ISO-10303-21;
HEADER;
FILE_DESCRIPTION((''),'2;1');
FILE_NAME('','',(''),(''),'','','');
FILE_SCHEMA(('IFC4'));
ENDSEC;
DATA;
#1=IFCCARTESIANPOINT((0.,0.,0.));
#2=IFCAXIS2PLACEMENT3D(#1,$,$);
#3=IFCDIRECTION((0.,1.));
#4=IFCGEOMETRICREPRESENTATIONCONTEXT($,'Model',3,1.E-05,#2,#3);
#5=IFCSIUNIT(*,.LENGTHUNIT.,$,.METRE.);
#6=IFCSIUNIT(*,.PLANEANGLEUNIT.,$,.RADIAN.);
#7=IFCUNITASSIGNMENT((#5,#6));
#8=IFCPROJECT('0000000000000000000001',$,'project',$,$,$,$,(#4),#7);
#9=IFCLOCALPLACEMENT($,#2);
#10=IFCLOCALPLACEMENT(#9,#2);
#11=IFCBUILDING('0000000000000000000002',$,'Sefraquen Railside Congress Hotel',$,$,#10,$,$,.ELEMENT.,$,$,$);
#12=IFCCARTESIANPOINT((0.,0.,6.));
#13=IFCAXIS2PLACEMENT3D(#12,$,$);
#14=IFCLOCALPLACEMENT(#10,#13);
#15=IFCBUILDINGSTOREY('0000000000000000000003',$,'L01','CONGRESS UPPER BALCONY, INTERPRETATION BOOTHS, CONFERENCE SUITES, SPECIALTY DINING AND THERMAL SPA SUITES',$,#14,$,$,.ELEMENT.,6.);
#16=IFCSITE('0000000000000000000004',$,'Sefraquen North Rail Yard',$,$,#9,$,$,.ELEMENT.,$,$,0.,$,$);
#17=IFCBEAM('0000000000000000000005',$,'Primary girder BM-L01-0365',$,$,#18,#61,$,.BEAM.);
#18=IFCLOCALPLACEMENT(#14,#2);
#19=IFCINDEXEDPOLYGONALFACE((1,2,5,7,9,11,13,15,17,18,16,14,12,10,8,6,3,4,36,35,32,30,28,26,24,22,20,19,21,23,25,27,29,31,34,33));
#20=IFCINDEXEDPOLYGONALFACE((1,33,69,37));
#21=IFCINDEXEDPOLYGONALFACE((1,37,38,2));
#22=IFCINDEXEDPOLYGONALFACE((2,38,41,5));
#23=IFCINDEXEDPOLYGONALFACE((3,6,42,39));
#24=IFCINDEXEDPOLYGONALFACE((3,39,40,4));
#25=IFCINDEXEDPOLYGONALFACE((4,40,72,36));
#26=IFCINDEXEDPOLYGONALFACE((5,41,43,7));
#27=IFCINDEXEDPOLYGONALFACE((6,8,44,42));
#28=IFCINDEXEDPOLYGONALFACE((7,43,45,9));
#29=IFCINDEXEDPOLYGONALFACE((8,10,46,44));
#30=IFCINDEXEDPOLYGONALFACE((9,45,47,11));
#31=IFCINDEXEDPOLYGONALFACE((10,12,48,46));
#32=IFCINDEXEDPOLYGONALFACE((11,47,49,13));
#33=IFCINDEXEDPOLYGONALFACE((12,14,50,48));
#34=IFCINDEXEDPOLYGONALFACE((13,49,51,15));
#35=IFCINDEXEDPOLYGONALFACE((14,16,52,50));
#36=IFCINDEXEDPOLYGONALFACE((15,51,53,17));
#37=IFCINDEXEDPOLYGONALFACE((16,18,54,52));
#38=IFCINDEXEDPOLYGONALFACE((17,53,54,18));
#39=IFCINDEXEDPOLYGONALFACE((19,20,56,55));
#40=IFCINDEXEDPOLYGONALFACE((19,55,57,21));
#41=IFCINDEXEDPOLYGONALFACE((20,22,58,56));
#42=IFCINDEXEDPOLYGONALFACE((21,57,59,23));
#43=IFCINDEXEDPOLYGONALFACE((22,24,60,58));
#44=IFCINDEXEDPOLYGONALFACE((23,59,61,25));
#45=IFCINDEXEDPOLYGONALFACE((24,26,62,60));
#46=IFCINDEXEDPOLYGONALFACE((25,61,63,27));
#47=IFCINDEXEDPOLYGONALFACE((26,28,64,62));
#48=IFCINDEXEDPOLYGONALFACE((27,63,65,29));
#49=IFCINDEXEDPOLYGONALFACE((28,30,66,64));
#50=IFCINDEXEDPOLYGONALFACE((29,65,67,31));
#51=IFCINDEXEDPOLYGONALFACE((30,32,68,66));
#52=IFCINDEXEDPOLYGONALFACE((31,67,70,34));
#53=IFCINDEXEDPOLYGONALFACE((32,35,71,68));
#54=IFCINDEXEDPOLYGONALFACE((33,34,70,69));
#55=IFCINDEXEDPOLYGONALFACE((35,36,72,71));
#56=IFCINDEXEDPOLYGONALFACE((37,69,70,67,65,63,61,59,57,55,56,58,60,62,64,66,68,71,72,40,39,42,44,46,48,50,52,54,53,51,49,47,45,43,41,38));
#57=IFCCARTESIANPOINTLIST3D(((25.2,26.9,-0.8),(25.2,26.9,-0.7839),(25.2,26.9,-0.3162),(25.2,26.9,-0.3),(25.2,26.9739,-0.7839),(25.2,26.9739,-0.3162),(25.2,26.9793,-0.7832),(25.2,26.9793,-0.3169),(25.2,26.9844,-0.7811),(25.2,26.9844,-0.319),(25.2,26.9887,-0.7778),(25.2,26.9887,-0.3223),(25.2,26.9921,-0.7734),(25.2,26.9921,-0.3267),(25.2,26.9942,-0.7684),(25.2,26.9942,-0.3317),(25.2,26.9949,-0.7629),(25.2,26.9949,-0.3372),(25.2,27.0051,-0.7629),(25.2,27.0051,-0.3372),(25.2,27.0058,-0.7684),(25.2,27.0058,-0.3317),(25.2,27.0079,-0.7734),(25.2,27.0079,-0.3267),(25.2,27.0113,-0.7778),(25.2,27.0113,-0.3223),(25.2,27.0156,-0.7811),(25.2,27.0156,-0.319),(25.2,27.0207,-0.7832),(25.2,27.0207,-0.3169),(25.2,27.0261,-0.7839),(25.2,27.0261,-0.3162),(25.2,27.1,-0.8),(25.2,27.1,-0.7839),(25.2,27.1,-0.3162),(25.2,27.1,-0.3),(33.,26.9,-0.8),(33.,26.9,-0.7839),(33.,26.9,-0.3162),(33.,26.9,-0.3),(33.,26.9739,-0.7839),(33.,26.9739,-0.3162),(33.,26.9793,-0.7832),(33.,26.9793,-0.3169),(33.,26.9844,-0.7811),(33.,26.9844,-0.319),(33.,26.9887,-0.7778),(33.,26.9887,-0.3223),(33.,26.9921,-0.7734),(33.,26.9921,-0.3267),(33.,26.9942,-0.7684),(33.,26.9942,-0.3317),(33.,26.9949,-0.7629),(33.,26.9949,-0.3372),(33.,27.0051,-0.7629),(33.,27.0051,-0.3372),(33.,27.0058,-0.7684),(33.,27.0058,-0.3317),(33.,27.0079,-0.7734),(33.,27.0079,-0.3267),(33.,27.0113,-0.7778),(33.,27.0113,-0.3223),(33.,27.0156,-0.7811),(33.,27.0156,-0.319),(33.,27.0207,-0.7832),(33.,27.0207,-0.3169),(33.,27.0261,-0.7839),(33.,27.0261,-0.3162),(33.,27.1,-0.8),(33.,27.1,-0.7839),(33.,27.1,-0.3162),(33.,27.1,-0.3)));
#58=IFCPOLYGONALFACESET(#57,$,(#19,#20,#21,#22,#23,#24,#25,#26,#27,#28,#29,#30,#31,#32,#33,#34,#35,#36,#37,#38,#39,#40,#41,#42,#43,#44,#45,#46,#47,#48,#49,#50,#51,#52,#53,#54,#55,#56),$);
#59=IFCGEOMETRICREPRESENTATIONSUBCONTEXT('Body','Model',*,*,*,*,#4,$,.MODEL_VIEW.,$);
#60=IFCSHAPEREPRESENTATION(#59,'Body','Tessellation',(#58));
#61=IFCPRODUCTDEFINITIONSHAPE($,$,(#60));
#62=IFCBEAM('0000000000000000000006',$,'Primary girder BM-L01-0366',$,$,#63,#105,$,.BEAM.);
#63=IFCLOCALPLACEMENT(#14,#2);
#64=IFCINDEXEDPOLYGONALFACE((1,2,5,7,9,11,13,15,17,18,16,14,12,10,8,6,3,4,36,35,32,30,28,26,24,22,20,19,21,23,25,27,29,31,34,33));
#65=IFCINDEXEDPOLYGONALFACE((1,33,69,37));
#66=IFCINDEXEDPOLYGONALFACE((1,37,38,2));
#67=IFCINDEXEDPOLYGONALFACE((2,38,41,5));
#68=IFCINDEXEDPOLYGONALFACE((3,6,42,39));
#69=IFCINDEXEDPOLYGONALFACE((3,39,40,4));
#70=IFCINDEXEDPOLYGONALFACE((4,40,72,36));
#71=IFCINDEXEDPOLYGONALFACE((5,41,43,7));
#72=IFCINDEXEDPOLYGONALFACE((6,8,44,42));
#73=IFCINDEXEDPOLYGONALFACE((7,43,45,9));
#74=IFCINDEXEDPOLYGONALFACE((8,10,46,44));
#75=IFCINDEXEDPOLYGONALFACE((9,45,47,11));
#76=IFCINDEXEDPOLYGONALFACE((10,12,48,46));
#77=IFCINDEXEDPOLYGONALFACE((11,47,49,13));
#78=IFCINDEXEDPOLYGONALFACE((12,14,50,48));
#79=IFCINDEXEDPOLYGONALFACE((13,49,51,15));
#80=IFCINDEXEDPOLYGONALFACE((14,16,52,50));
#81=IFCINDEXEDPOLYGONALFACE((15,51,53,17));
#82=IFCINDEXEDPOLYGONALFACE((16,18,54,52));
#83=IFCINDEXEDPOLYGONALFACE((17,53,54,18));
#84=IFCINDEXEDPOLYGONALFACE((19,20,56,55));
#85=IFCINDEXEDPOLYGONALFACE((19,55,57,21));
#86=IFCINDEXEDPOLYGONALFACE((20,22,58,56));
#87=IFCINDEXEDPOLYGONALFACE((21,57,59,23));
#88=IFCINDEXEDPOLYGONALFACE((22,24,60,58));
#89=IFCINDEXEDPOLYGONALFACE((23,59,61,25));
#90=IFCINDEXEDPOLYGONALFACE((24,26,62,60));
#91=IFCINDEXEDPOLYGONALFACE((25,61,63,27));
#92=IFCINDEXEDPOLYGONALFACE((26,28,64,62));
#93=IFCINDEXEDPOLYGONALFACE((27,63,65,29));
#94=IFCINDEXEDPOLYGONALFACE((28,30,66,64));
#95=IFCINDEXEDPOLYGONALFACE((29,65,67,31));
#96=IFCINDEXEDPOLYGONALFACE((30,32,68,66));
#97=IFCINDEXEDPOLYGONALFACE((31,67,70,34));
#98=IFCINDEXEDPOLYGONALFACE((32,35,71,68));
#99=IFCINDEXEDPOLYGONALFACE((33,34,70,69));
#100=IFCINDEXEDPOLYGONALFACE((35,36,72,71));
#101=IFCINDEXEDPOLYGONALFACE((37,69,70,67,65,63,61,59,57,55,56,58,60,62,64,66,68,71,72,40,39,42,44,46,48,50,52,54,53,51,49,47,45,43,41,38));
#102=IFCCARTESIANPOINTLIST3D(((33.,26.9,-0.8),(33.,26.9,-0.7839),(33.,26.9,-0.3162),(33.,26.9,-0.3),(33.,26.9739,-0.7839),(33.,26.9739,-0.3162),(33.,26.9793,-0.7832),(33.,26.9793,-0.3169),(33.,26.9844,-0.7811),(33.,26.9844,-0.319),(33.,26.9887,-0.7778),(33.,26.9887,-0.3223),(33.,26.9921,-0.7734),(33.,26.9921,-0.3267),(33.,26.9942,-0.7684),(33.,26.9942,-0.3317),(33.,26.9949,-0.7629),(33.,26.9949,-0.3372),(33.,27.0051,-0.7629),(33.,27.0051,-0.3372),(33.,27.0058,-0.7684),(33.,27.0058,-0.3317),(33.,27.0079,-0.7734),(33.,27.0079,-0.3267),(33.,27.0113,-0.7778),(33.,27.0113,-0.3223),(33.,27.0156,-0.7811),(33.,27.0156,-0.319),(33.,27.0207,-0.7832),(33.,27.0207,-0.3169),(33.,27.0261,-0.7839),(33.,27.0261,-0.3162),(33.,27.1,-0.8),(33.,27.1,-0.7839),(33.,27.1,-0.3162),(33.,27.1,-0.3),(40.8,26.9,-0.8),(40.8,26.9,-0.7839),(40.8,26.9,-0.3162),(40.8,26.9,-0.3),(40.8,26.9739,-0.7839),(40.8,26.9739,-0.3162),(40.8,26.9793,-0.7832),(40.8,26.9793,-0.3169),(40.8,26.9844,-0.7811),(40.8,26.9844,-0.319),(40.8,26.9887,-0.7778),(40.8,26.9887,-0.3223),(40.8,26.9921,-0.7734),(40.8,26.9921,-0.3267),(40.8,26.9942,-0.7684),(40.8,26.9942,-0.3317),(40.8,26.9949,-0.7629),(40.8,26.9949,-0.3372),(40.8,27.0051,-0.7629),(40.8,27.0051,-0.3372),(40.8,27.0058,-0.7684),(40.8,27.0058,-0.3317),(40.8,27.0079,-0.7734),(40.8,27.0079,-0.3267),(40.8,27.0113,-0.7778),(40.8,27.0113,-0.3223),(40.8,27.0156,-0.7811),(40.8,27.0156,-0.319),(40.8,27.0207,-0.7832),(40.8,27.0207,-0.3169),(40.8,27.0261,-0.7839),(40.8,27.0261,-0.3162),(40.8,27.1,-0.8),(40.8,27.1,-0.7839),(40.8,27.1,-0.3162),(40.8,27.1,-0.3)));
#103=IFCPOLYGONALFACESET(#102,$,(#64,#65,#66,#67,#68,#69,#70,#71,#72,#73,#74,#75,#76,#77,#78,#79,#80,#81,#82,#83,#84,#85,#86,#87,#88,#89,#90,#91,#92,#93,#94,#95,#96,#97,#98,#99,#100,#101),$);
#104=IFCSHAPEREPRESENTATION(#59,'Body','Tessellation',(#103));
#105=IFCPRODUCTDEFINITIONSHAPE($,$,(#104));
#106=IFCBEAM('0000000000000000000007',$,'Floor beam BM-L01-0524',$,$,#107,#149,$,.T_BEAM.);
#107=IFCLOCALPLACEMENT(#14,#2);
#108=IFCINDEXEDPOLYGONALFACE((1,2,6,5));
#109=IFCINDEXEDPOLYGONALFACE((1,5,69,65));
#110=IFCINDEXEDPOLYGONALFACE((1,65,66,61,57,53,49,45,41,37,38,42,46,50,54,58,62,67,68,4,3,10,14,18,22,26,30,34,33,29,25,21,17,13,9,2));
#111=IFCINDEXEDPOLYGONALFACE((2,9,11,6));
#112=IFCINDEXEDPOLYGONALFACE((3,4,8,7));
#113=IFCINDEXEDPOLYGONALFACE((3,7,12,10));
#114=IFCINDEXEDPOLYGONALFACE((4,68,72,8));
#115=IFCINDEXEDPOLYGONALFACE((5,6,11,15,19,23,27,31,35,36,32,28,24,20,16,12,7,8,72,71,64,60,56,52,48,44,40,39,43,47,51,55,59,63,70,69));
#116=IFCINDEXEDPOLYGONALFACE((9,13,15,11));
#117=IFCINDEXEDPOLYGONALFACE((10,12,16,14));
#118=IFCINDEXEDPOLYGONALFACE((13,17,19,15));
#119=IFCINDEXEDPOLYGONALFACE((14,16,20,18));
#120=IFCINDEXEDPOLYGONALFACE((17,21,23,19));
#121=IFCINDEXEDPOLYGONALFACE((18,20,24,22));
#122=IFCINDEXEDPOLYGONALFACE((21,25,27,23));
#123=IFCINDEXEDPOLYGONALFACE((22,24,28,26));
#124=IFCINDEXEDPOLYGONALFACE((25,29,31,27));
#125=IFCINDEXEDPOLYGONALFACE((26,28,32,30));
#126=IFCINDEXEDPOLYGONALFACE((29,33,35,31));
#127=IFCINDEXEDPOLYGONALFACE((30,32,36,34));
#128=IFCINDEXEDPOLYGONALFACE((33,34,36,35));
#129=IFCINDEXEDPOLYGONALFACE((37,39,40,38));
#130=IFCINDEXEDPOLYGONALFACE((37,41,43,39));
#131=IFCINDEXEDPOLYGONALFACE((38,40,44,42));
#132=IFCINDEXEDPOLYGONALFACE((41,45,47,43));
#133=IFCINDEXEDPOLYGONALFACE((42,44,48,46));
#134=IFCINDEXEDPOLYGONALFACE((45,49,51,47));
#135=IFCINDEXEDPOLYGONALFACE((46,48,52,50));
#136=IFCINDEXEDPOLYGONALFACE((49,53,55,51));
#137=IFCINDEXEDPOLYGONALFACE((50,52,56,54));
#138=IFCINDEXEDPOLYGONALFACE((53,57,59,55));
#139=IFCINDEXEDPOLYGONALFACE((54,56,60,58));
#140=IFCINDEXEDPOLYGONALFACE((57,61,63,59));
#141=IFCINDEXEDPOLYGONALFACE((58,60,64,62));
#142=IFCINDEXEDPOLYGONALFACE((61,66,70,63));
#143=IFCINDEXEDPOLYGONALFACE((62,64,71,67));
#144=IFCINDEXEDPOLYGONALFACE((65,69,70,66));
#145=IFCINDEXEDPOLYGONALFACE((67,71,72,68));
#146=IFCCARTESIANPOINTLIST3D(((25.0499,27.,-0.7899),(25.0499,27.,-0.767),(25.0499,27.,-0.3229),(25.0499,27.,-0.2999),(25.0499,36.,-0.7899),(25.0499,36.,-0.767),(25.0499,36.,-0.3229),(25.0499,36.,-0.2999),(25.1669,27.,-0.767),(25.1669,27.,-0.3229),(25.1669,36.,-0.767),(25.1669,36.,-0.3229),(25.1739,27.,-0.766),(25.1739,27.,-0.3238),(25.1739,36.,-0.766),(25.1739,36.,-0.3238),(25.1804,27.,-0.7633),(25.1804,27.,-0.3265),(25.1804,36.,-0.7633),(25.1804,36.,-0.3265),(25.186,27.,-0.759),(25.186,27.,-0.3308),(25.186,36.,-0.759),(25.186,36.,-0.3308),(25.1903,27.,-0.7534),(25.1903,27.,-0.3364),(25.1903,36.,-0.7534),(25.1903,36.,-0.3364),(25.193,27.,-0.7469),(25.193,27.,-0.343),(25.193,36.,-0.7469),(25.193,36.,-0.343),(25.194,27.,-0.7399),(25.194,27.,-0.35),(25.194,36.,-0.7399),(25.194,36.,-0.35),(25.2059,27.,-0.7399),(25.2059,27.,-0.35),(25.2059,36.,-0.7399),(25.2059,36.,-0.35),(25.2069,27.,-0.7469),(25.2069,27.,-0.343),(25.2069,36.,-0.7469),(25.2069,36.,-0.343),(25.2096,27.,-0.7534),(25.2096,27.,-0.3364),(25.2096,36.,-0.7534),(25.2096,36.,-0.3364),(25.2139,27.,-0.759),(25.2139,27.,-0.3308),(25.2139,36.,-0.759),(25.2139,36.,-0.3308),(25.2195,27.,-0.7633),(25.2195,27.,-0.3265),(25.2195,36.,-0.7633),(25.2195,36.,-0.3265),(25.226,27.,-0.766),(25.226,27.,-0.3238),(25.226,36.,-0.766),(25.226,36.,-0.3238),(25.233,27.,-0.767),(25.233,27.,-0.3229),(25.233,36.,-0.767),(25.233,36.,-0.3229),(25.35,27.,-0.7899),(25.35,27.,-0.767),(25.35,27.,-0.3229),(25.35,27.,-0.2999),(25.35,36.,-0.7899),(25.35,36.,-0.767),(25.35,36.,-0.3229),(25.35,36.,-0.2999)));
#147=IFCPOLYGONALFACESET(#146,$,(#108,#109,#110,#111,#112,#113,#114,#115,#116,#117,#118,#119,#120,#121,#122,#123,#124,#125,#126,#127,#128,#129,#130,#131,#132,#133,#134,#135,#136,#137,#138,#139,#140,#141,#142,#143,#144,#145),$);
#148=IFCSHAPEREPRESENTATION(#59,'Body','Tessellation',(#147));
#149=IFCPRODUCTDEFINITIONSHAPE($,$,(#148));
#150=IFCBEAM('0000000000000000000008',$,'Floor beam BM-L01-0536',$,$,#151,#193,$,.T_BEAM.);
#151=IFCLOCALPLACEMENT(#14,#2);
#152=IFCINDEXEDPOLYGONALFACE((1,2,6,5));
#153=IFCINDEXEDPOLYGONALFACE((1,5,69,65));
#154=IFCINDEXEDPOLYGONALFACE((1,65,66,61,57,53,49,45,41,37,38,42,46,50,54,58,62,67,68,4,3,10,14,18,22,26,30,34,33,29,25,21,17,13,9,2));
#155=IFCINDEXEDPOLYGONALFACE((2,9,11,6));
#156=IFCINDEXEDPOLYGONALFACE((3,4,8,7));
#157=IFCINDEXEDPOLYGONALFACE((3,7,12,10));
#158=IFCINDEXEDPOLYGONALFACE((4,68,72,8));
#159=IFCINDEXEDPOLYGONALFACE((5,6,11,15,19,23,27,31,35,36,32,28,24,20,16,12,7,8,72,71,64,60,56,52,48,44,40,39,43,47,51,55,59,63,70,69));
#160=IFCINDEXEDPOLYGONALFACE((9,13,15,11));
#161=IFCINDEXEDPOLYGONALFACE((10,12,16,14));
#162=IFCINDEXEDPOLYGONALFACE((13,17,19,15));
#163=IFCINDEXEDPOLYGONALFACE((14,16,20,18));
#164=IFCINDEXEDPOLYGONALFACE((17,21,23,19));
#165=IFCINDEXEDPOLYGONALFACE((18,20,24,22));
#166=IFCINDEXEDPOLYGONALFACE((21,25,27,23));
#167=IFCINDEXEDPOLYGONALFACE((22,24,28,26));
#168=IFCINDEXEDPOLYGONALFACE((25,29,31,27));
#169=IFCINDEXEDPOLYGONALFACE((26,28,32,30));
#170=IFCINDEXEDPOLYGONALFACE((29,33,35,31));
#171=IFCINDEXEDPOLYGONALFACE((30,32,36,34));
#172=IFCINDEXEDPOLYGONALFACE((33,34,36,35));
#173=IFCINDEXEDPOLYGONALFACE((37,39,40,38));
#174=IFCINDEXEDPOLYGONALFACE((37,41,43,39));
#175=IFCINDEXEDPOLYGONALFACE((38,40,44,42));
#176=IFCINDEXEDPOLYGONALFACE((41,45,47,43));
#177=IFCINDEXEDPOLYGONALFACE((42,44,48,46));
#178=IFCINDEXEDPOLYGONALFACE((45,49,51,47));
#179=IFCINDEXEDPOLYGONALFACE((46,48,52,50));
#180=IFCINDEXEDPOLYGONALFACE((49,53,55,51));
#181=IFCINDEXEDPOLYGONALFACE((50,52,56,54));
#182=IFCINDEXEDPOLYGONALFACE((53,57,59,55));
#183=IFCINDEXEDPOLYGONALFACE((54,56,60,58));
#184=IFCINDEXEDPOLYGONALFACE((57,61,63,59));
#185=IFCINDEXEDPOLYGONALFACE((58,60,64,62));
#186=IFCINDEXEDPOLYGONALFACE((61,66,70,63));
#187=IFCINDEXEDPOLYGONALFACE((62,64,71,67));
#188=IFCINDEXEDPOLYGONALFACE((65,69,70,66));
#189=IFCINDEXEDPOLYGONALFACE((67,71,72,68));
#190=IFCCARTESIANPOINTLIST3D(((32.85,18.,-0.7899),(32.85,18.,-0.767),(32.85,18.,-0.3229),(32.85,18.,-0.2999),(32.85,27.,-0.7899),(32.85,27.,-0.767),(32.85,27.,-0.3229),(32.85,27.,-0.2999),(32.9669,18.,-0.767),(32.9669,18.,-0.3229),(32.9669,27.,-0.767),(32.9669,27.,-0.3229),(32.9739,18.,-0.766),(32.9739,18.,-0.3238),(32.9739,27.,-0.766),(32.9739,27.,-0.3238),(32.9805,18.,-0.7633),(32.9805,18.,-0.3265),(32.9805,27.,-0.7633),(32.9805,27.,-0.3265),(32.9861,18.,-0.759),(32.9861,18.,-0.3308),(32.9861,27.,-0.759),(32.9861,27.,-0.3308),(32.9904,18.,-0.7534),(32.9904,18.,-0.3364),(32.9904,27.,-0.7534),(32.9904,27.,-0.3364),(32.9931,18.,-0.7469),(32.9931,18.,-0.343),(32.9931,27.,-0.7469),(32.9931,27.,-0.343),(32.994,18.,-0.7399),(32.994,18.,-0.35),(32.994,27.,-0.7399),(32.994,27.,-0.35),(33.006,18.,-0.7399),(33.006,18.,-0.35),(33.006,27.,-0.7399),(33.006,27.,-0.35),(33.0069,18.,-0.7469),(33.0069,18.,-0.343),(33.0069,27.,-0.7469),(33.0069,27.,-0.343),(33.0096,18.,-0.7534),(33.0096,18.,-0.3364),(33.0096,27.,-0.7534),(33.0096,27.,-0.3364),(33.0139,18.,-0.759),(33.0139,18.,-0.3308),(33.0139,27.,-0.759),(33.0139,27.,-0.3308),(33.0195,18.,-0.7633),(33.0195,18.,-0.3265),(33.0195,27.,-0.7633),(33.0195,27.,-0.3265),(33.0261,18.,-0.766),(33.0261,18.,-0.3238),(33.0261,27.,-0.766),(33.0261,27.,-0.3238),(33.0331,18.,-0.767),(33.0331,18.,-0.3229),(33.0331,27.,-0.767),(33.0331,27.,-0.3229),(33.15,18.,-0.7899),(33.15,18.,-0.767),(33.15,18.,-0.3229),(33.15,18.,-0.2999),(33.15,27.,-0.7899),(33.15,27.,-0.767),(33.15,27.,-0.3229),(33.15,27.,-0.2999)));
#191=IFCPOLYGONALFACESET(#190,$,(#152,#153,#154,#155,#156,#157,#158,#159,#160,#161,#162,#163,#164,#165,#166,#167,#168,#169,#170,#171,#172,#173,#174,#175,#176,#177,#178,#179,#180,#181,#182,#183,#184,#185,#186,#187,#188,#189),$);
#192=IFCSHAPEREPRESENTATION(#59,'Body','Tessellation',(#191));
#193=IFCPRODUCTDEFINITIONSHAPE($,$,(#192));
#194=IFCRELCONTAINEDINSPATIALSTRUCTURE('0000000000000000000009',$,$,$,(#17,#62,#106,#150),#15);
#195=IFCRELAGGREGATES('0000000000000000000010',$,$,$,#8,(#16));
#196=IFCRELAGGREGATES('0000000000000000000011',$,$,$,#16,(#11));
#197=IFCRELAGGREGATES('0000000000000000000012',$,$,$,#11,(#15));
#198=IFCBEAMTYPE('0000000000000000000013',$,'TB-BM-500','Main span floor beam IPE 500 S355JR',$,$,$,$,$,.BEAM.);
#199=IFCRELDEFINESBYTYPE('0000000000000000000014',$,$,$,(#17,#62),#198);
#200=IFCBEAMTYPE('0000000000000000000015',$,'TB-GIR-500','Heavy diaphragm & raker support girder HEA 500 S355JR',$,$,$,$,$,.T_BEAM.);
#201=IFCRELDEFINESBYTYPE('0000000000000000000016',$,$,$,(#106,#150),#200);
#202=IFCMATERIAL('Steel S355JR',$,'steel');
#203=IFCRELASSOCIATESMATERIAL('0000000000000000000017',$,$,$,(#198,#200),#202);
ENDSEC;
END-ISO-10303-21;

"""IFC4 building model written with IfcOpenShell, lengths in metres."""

from ifc_helpers import new_model, si_unit, direction, frame, origin, origin_2d, place, context, subcontext, project, spatial, i_section, extrude, material, material_profile, profile_set, type_object, element, save


model = new_model("IFC4")

# Units and contexts
model_context = context("Model", 3, precision=1e-05, world=origin(), true_north=direction((0.0, 1.0)))
body_context = subcontext(model_context, "Body", "Model", "MODEL_VIEW")
ifc_project = project(units=[si_unit("LENGTHUNIT", "METRE"), si_unit("PLANEANGLEUNIT", "RADIAN")], contexts=[model_context])

# Site, building, storey
site_placement = place(None, origin())
site = spatial("IfcSite", under=ifc_project, at=site_placement, Name="Sefraquen North Rail Yard", CompositionType="ELEMENT", RefElevation=0.0)
building_placement = place(site_placement, origin())
building = spatial("IfcBuilding", under=site, at=building_placement, Name="Sefraquen Railside Congress Hotel", CompositionType="ELEMENT")
storey_placement = place(building_placement, frame((0.0, 0.0, 6.0)))
storey = spatial("IfcBuildingStorey", under=building, at=storey_placement, Name="L01", Description="CONGRESS UPPER BALCONY, INTERPRETATION BOOTHS, CONFERENCE SUITES, SPECIALTY DINING AND THERMAL SPA SUITES", CompositionType="ELEMENT", Elevation=6.0)

# Shared definitions
ifc_material_1 = material(Name="Steel S355JR", Category="steel")

# Beams
ifc_material_profile_1 = material_profile(ifc_material_1, i_section(OverallWidth=0.2, OverallDepth=0.5, WebThickness=0.0103, FlangeThickness=0.0161, FilletRadius=0.021, at=origin_2d()), Name="IPE 500")
ifc_profile_set_1 = profile_set([ifc_material_profile_1], Name="Steel S355JR")
beam_type_1 = type_object("IfcBeamType", Name="TB-BM-500", Description="Main span floor beam IPE 500 S355JR", PredefinedType="BEAM", material=ifc_profile_set_1)
for number, where, z_axis, x_axis, name in (
    (1, (25.2, 27.0, -0.55), (1.0, 0.0, 0.0), (0.0, 1.0, 0.0), "Primary girder BM-L01-0365"),
    (2, (33.0, 27.0, -0.55), (1.0, 0.0, 0.0), (0.0, 1.0, 0.0), "Primary girder BM-L01-0366"),
):
    element("IfcBeam", number, at=place(storey_placement, frame(where, z_axis=z_axis, x_axis=x_axis)), inside=storey, type_object=beam_type_1, Name=name, PredefinedType="BEAM", context=body_context, shape_type="SweptSolid", body=[
        extrude(i_section(OverallWidth=0.2, OverallDepth=0.5, WebThickness=0.0103, FlangeThickness=0.0161, FilletRadius=0.021, at=origin_2d()), origin(), (0.0, 0.0, 1.0), 7.8),
    ])
ifc_material_profile_2 = material_profile(ifc_material_1, i_section(OverallWidth=0.3, OverallDepth=0.49, WebThickness=0.012, FlangeThickness=0.0229, FilletRadius=0.0271, at=origin_2d()), Name="HEA 500")
ifc_profile_set_2 = profile_set([ifc_material_profile_2], Name="Steel S355JR")
beam_type_2 = type_object("IfcBeamType", Name="TB-GIR-500", Description="Heavy diaphragm & raker support girder HEA 500 S355JR", PredefinedType="T_BEAM", material=ifc_profile_set_2)
for number, where, z_axis, x_axis, name in (
    (3, (25.2, 27.0, -0.5449), (0.0, 1.0, 0.0), (-1.0, 0.0, 0.0), "Floor beam BM-L01-0524"),
    (4, (33.0, 18.0, -0.5449), (0.0, 1.0, 0.0), (-1.0, 0.0, 0.0), "Floor beam BM-L01-0536"),
):
    element("IfcBeam", number, at=place(storey_placement, frame(where, z_axis=z_axis, x_axis=x_axis)), inside=storey, type_object=beam_type_2, Name=name, PredefinedType="T_BEAM", context=body_context, shape_type="SweptSolid", body=[
        extrude(i_section(OverallWidth=0.3, OverallDepth=0.49, WebThickness=0.012, FlangeThickness=0.0229, FilletRadius=0.0271, at=origin_2d()), origin(), (0.0, 0.0, 1.0), 9.0),
    ])

save(model, "model.ifc")
